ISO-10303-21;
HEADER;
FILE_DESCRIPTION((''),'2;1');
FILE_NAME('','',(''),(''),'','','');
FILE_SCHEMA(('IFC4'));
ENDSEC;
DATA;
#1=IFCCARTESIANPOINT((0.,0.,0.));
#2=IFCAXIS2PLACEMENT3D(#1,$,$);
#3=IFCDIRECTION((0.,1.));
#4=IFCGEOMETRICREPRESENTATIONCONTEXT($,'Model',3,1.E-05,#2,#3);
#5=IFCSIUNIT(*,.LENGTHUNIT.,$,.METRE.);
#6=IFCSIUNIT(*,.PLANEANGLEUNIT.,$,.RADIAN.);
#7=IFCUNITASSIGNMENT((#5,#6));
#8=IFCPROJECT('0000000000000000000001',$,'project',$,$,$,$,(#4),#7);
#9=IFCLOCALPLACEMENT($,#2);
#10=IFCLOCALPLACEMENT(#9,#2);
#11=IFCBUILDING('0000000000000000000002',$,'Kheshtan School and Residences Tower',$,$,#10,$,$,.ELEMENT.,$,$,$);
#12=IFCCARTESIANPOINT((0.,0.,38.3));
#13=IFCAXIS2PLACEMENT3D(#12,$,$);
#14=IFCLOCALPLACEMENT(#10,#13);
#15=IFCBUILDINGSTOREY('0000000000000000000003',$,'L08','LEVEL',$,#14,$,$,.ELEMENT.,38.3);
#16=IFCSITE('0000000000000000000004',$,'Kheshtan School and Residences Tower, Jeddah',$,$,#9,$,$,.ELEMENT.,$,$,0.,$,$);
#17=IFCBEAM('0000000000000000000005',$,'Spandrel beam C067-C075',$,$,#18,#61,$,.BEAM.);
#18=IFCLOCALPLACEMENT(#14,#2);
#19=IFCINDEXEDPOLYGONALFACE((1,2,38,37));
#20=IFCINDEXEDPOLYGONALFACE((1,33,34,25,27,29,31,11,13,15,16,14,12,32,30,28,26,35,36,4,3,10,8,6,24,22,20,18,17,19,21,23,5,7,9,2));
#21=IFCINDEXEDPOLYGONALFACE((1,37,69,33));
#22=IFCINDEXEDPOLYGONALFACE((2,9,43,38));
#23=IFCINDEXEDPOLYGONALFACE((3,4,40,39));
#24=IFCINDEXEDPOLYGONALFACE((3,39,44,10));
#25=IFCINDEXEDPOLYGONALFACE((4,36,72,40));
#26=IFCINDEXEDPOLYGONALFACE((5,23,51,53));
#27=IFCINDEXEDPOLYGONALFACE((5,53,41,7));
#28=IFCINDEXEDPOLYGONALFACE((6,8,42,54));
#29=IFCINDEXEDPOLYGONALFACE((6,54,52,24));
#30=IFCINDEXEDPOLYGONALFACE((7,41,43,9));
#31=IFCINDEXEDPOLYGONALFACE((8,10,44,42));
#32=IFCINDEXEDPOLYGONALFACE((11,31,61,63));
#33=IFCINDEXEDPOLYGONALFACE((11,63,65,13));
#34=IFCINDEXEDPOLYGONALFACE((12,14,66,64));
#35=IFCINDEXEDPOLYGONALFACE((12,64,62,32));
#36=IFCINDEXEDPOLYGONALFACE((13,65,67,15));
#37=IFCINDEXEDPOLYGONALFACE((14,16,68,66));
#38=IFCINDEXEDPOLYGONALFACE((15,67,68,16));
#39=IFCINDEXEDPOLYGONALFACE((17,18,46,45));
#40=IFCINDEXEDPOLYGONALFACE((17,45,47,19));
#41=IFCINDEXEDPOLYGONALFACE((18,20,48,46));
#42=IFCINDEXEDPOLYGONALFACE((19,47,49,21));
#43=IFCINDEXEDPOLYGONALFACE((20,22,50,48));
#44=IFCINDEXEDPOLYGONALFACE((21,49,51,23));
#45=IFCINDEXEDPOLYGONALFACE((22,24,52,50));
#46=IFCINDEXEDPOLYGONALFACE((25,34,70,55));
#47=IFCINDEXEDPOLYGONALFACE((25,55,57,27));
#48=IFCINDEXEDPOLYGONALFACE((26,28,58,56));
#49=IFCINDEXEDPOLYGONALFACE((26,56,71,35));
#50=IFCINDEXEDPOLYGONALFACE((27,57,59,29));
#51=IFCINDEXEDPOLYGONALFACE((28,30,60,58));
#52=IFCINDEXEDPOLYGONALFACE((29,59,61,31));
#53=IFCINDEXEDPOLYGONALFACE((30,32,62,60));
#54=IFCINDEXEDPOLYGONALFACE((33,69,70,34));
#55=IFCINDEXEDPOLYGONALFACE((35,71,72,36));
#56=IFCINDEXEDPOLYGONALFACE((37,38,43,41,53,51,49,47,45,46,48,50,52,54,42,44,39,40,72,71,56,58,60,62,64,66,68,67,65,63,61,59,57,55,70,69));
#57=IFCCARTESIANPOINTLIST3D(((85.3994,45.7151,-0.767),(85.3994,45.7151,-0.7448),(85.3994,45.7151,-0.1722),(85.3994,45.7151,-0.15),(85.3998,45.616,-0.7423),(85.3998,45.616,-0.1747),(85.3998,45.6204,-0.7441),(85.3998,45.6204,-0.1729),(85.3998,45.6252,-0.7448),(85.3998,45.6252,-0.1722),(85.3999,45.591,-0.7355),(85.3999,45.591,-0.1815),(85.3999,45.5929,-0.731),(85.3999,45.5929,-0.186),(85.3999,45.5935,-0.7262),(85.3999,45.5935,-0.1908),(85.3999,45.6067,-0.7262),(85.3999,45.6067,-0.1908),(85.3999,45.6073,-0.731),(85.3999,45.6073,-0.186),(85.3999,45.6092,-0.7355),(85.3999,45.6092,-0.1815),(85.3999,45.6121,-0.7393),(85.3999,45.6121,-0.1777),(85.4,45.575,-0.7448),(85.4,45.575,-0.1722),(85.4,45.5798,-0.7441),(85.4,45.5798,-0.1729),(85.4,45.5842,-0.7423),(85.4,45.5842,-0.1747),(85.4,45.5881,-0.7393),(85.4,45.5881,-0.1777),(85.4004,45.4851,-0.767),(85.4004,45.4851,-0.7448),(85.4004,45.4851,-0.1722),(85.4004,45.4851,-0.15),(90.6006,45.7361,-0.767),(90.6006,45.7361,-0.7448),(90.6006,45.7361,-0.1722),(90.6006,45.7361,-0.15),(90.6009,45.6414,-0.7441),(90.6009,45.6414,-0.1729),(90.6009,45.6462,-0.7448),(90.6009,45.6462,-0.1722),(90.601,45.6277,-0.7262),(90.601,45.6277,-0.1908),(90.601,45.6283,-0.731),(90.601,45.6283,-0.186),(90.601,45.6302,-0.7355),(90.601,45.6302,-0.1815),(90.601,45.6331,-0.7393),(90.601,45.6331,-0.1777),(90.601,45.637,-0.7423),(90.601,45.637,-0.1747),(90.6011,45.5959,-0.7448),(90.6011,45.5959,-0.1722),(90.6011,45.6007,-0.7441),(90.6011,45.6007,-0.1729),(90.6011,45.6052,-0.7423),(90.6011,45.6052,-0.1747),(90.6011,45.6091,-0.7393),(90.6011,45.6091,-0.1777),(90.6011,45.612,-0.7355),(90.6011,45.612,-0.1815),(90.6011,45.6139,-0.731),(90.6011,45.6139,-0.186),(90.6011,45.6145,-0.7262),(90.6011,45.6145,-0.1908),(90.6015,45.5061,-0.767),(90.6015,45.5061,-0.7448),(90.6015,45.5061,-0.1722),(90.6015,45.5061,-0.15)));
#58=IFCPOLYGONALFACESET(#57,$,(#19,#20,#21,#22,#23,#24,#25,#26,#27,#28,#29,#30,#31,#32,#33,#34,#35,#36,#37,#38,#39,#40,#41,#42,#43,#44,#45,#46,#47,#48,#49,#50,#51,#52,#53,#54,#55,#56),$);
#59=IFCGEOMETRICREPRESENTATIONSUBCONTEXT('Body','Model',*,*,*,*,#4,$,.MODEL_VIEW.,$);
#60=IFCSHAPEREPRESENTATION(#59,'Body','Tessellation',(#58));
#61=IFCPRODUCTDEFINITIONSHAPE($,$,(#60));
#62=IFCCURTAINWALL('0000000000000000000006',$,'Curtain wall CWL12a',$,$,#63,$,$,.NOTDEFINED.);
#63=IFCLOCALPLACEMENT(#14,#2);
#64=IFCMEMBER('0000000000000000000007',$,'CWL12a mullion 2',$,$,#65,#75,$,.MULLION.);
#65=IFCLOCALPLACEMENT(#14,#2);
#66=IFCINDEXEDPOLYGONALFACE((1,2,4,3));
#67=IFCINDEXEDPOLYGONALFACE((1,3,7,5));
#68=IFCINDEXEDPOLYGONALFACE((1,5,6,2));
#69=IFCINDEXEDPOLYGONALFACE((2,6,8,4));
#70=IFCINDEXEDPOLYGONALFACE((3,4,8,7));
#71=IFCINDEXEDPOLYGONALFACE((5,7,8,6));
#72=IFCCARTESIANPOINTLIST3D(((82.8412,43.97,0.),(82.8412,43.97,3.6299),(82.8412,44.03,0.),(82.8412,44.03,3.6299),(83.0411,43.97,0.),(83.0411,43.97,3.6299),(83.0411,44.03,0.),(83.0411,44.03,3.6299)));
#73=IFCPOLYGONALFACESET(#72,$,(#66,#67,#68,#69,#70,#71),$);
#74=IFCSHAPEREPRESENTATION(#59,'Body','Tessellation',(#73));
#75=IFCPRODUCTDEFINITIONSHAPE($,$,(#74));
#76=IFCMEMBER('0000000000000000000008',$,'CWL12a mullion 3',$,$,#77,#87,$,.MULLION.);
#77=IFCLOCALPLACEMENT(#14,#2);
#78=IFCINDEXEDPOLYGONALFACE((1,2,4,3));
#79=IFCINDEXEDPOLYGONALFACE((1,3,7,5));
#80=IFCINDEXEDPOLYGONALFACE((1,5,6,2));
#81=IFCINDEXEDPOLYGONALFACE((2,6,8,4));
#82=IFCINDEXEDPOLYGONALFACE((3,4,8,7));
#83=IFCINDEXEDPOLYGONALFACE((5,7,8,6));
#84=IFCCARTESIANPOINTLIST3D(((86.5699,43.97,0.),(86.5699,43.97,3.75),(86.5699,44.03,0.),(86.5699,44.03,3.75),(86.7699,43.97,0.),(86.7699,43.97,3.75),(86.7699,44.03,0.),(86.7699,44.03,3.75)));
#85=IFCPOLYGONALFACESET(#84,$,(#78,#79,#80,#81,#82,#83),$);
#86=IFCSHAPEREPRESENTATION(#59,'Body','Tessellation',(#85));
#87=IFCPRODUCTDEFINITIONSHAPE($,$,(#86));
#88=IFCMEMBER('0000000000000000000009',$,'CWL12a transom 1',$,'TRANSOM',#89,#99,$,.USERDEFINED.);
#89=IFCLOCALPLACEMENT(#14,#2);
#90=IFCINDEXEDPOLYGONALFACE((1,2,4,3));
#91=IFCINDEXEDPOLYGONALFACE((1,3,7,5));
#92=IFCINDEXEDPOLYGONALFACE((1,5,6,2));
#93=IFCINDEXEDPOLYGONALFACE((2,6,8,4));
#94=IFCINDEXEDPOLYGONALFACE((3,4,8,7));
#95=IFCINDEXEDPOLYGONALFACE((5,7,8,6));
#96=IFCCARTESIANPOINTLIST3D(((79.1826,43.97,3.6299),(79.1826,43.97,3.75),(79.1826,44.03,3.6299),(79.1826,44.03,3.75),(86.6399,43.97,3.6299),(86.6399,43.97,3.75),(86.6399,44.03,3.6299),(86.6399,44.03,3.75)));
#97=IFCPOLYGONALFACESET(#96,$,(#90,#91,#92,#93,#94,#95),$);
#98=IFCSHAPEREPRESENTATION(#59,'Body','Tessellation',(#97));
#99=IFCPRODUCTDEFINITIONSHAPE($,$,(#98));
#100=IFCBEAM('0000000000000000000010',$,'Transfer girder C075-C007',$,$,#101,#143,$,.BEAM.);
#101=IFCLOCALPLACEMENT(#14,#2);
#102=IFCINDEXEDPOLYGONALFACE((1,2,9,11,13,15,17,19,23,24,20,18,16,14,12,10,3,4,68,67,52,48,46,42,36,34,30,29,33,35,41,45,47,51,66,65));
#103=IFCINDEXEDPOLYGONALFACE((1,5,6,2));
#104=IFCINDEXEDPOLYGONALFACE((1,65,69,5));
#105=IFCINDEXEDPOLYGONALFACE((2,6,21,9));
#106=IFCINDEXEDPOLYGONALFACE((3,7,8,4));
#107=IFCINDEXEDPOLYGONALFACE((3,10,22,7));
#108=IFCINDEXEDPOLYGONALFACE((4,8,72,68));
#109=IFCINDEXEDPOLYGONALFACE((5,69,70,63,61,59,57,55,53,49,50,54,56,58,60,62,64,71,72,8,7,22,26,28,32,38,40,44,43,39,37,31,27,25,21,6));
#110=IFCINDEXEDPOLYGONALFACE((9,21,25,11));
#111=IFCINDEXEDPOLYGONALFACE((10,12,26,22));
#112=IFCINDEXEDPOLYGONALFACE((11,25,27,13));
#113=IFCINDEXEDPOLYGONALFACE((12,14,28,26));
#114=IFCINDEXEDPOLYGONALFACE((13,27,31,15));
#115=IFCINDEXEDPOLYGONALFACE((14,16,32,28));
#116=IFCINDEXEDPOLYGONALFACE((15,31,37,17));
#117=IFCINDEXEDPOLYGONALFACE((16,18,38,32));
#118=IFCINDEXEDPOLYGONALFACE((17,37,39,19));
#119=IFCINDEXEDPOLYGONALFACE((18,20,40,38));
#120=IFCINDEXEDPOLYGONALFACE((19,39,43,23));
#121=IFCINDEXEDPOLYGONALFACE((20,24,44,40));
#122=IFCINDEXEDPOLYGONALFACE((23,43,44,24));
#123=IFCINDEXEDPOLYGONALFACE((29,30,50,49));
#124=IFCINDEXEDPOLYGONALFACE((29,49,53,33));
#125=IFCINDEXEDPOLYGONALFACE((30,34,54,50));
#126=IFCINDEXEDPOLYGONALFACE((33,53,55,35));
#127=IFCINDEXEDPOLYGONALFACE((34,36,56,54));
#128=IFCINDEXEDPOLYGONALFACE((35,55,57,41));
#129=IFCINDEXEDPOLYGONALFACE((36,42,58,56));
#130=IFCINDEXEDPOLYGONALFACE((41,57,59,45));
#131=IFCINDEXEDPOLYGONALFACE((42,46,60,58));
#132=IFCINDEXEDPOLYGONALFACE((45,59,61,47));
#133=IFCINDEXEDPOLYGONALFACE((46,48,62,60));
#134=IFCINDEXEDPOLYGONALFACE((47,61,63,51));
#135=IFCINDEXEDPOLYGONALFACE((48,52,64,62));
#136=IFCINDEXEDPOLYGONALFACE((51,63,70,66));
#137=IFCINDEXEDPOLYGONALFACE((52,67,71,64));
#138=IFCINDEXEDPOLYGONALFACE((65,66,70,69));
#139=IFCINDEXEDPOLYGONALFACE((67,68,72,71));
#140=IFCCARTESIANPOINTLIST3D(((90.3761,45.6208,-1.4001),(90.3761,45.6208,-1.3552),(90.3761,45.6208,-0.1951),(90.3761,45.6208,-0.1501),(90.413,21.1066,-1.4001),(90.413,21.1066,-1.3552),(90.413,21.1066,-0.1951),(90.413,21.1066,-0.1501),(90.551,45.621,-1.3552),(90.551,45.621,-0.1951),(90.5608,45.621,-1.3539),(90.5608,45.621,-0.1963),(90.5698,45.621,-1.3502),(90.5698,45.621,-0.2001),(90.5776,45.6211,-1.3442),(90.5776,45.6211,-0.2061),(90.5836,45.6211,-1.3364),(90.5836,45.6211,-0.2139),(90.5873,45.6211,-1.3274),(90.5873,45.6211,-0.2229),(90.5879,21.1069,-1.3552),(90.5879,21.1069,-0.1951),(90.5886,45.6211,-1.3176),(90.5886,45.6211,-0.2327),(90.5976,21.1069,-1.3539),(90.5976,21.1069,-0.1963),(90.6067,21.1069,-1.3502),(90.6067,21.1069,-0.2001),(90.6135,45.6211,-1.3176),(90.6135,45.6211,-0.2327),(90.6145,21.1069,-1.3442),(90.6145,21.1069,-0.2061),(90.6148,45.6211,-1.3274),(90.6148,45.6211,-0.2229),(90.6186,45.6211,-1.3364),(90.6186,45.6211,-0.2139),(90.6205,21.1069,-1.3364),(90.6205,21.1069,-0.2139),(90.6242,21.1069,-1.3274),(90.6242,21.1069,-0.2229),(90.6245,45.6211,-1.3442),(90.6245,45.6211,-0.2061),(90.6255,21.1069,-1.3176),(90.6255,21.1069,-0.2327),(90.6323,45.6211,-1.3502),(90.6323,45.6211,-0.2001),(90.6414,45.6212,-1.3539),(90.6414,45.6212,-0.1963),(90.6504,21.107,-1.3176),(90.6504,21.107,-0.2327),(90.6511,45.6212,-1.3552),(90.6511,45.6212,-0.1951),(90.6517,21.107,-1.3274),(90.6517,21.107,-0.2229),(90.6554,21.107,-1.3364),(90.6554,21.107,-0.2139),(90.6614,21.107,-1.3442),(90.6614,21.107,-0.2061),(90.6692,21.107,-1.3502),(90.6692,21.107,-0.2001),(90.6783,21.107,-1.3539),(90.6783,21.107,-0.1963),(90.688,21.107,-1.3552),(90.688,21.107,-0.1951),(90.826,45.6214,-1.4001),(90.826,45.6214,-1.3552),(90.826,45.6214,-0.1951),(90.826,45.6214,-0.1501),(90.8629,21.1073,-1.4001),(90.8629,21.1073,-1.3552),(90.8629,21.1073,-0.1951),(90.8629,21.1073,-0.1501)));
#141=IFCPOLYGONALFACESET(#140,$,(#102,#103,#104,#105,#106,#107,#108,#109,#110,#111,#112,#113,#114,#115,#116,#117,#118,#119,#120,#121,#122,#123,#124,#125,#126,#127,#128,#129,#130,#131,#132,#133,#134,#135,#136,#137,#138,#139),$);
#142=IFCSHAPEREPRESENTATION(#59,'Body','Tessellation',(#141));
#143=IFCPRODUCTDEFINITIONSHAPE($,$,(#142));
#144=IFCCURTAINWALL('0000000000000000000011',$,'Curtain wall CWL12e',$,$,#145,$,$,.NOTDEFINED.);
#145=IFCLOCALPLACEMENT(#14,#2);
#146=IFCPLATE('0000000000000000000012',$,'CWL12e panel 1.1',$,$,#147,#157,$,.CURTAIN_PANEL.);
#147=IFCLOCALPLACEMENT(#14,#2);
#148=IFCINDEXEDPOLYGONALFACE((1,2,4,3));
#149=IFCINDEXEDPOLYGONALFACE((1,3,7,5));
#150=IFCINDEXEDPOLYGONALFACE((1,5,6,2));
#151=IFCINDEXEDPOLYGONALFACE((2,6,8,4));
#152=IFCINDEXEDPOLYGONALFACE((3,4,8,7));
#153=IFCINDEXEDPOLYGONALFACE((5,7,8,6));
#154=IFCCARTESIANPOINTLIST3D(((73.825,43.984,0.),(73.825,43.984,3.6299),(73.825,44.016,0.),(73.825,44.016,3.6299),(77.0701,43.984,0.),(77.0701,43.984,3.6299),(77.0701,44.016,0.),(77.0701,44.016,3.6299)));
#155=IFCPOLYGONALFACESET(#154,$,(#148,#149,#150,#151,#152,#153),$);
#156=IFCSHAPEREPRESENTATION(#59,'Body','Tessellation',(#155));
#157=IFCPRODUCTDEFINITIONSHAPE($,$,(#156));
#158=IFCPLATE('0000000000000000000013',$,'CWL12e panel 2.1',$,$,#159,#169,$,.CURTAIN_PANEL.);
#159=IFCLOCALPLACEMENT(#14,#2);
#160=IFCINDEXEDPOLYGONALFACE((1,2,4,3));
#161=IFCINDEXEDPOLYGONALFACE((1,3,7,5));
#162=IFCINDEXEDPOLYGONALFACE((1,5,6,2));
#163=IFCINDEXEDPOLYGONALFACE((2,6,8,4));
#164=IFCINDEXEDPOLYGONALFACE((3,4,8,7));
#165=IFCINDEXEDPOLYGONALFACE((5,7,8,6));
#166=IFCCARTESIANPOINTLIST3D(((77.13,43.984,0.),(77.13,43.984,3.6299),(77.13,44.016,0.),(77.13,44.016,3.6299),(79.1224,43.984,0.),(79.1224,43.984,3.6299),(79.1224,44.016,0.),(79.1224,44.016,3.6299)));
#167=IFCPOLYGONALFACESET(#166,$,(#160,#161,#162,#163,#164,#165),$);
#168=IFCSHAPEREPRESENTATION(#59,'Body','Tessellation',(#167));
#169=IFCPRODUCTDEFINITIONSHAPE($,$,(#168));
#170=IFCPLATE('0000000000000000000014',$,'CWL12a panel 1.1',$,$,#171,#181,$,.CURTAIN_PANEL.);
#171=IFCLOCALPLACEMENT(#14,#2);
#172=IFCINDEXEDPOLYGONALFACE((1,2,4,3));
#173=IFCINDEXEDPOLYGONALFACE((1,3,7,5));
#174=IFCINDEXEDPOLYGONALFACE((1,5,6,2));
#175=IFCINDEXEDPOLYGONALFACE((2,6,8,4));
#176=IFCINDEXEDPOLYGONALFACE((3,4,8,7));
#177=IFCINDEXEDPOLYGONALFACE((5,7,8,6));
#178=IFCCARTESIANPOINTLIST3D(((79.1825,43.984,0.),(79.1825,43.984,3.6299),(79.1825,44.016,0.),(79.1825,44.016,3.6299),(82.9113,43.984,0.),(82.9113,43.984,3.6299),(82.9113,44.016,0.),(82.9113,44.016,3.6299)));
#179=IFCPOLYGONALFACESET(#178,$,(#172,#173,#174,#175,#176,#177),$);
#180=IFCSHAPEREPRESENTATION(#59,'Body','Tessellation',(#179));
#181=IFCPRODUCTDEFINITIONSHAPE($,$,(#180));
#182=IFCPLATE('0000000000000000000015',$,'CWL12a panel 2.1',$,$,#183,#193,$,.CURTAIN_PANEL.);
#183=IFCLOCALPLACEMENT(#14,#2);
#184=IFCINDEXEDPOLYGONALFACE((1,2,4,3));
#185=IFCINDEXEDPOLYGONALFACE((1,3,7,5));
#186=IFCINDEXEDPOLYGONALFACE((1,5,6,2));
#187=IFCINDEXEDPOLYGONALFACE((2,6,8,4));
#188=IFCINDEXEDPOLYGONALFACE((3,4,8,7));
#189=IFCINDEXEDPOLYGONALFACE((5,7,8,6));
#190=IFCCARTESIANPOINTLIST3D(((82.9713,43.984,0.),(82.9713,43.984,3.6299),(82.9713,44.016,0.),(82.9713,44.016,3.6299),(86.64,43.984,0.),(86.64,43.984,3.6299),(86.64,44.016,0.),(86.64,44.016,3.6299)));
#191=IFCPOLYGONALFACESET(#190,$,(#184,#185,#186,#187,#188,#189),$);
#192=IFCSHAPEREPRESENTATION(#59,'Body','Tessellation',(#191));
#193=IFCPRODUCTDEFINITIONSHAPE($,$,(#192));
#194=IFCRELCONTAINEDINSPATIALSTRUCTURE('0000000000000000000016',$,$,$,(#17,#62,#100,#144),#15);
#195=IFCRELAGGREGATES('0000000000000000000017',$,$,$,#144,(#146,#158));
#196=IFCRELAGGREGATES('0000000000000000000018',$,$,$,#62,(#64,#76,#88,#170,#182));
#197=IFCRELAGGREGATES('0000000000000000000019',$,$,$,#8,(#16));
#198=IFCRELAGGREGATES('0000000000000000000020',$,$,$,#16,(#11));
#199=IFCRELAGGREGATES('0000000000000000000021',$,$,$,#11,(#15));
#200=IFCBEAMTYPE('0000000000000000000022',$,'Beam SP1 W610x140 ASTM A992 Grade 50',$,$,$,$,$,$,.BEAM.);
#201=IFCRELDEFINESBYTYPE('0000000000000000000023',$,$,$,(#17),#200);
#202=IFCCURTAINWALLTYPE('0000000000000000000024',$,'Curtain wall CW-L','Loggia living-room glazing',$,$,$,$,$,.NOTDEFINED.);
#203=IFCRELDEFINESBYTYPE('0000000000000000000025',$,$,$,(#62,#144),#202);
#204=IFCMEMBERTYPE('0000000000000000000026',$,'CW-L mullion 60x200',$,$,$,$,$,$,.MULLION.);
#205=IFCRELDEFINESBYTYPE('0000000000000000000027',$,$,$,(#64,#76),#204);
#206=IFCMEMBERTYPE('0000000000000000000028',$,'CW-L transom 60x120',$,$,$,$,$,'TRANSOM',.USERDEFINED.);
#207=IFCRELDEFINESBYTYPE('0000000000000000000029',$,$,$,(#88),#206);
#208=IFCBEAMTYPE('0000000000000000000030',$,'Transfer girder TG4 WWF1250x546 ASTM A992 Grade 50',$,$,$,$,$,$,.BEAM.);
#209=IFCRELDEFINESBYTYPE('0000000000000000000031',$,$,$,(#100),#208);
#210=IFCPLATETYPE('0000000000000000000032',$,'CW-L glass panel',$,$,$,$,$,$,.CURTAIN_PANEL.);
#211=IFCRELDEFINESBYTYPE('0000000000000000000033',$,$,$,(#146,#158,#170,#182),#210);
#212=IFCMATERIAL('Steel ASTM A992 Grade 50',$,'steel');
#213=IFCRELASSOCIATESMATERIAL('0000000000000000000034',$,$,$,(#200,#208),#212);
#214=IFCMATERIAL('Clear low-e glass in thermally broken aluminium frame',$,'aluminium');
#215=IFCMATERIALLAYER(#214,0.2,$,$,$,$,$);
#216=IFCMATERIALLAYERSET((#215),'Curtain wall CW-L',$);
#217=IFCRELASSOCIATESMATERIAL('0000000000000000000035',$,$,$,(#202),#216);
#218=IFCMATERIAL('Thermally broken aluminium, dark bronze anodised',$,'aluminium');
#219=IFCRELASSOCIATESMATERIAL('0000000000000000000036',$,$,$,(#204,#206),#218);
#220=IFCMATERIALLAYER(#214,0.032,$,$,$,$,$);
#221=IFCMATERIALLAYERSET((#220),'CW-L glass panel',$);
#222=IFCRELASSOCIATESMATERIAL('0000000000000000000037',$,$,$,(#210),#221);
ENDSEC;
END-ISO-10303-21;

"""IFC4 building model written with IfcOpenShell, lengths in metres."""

from ifc_helpers import new_model, si_unit, direction, frame, origin, origin_2d, place, context, subcontext, project, spatial, rectangle, i_section, extrude, material, layer, layer_set, material_profile, profile_set, type_object, element, aggregate, save


model = new_model("IFC4")

# Units and contexts
model_context = context("Model", 3, precision=1e-05, world=origin(), true_north=direction((0.0, 1.0)))
body_context = subcontext(model_context, "Body", "Model", "MODEL_VIEW")
ifc_project = project(units=[si_unit("LENGTHUNIT", "METRE"), si_unit("PLANEANGLEUNIT", "RADIAN")], contexts=[model_context])

# Site, building, storey
site_placement = place(None, origin())
site = spatial("IfcSite", under=ifc_project, at=site_placement, Name="Kheshtan School and Residences Tower, Jeddah", CompositionType="ELEMENT", RefElevation=0.0)
building_placement = place(site_placement, origin())
building = spatial("IfcBuilding", under=site, at=building_placement, Name="Kheshtan School and Residences Tower", CompositionType="ELEMENT")
storey_placement = place(building_placement, frame((0.0, 0.0, 38.3)))
storey = spatial("IfcBuildingStorey", under=building, at=storey_placement, Name="L08", Description="LEVEL", CompositionType="ELEMENT", Elevation=38.3)

# Shared definitions
ifc_material_1 = material(Name="Steel ASTM A992 Grade 50", Category="steel")

# Beam
ifc_material_profile_1 = material_profile(ifc_material_1, i_section(OverallWidth=0.23, OverallDepth=0.6169, WebThickness=0.0132, FlangeThickness=0.0222, FilletRadius=0.0186, at=origin_2d()), Name="W610x140")
ifc_profile_set_1 = profile_set([ifc_material_profile_1], Name="Steel ASTM A992 Grade 50")
beam_type_1 = type_object("IfcBeamType", Name="Beam SP1 W610x140 ASTM A992 Grade 50", PredefinedType="BEAM", material=ifc_profile_set_1)
beam_1_placement = place(storey_placement, frame((85.3999, 45.6001, -0.4585), z_axis=(0.999992, 0.004037, 0.0), x_axis=(-0.004037, 0.999992, 0.0)))
element("IfcBeam", 1, at=beam_1_placement, inside=storey, type_object=beam_type_1, Name="Spandrel beam C067-C075", PredefinedType="BEAM", context=body_context, shape_type="SweptSolid", body=[
    extrude(i_section(OverallWidth=0.23, OverallDepth=0.6169, WebThickness=0.0132, FlangeThickness=0.0222, FilletRadius=0.0186, at=origin_2d()), origin(), (0.0, 0.0, 1.0), 5.2012),
])

# Curtain wall, members
ifc_material_2 = material(Name="Clear low-e glass in thermally broken aluminium frame", Category="aluminium")
ifc_layer_1 = layer(ifc_material_2, 0.2)
ifc_layer_set_1 = layer_set([ifc_layer_1], Name="Curtain wall CW-L")
curtain_wall_type = type_object("IfcCurtainWallType", Name="Curtain wall CW-L", Description="Loggia living-room glazing", PredefinedType="NOTDEFINED", material=ifc_layer_set_1)
curtain_wall_1_placement = place(storey_placement, origin())
curtain_wall_1 = element("IfcCurtainWall", 2, at=curtain_wall_1_placement, inside=storey, type_object=curtain_wall_type, Name="Curtain wall CWL12a", PredefinedType="NOTDEFINED")
ifc_material_3 = material(Name="Thermally broken aluminium, dark bronze anodised", Category="aluminium")
ifc_material_profile_2 = material_profile(ifc_material_3, rectangle(XDim=0.0601, YDim=0.2, at=origin_2d()), Name="CW-L mullion 60x200")
ifc_profile_set_2 = profile_set([ifc_material_profile_2], Name="Thermally broken aluminium, dark bronze anodised")
member_type_1 = type_object("IfcMemberType", Name="CW-L mullion 60x200", PredefinedType="MULLION", material=ifc_profile_set_2)
member_1_placement = place(storey_placement, frame((82.9412, 44.0, 0.0), z_axis=(0.0, 0.0, 1.0), x_axis=(0.0, 1.0, 0.0)))
member_1 = element("IfcMember", 3, at=member_1_placement, type_object=member_type_1, Name="CWL12a mullion 2", PredefinedType="MULLION", context=body_context, shape_type="SweptSolid", body=[
    extrude(rectangle(XDim=0.0601, YDim=0.2, at=origin_2d()), origin(), (0.0, 0.0, 1.0), 3.6299),
])
member_2_placement = place(storey_placement, frame((86.6699, 44.0, 0.0), z_axis=(0.0, 0.0, 1.0), x_axis=(0.0, 1.0, 0.0)))
member_2 = element("IfcMember", 4, at=member_2_placement, type_object=member_type_1, Name="CWL12a mullion 3", PredefinedType="MULLION", context=body_context, shape_type="SweptSolid", body=[
    extrude(rectangle(XDim=0.0601, YDim=0.2, at=origin_2d()), origin(), (0.0, 0.0, 1.0), 3.75),
])
ifc_material_profile_3 = material_profile(ifc_material_3, rectangle(XDim=0.0601, YDim=0.1201, at=origin_2d()), Name="CW-L transom 60x120")
ifc_profile_set_3 = profile_set([ifc_material_profile_3], Name="Thermally broken aluminium, dark bronze anodised")
member_type_2 = type_object("IfcMemberType", Name="CW-L transom 60x120", ElementType="TRANSOM", PredefinedType="USERDEFINED", material=ifc_profile_set_3)
member_3_placement = place(storey_placement, frame((79.1826, 44.0, 3.6899), z_axis=(1.0, 0.0, 0.0), x_axis=(0.0, 1.0, 0.0)))
member_3 = element("IfcMember", 5, at=member_3_placement, type_object=member_type_2, Name="CWL12a transom 1", ObjectType="TRANSOM", PredefinedType="USERDEFINED", context=body_context, shape_type="SweptSolid", body=[
    extrude(rectangle(XDim=0.0601, YDim=0.1201, at=origin_2d()), origin(), (0.0, 0.0, 1.0), 7.4573),
])

# Beam
ifc_material_profile_4 = material_profile(ifc_material_1, i_section(OverallWidth=0.45, OverallDepth=1.25, WebThickness=0.0249, FlangeThickness=0.0449, FilletRadius=0.0376, at=origin_2d()), Name="WWF1250x546")
ifc_profile_set_4 = profile_set([ifc_material_profile_4], Name="Steel ASTM A992 Grade 50")
beam_type_2 = type_object("IfcBeamType", Name="Transfer girder TG4 WWF1250x546 ASTM A992 Grade 50", PredefinedType="BEAM", material=ifc_profile_set_4)
beam_2_placement = place(storey_placement, frame((90.6011, 45.6211, -0.7751), z_axis=(0.001504, -0.999999, 0.0), x_axis=(0.999999, 0.001504, 0.0)))
element("IfcBeam", 6, at=beam_2_placement, inside=storey, type_object=beam_type_2, Name="Transfer girder C075-C007", PredefinedType="BEAM", context=body_context, shape_type="SweptSolid", body=[
    extrude(i_section(OverallWidth=0.45, OverallDepth=1.25, WebThickness=0.0249, FlangeThickness=0.0449, FilletRadius=0.0376, at=origin_2d()), origin(), (0.0, 0.0, 1.0), 24.5142),
])

# Curtain wall, plates
curtain_wall_2_placement = place(storey_placement, origin())
curtain_wall_2 = element("IfcCurtainWall", 7, at=curtain_wall_2_placement, inside=storey, type_object=curtain_wall_type, Name="Curtain wall CWL12e", PredefinedType="NOTDEFINED")
ifc_layer_2 = layer(ifc_material_2, 0.032)
ifc_layer_set_2 = layer_set([ifc_layer_2], Name="CW-L glass panel")
plate_type = type_object("IfcPlateType", Name="CW-L glass panel", PredefinedType="CURTAIN_PANEL", material=ifc_layer_set_2)
plate_1_placement = place(storey_placement, frame((75.4475, 44.0, 0.0), z_axis=(0.0, 0.0, 1.0), x_axis=(1.0, 0.0, 0.0)))
plate_1 = element("IfcPlate", 8, at=plate_1_placement, type_object=plate_type, Name="CWL12e panel 1.1", PredefinedType="CURTAIN_PANEL", context=body_context, shape_type="SweptSolid", body=[
    extrude(rectangle(XDim=3.2451, YDim=0.032, at=origin_2d()), origin(), (0.0, 0.0, 1.0), 3.6299),
])
plate_2_placement = place(storey_placement, frame((78.1262, 44.0, 0.0), z_axis=(0.0, 0.0, 1.0), x_axis=(1.0, 0.0, 0.0)))
plate_2 = element("IfcPlate", 9, at=plate_2_placement, type_object=plate_type, Name="CWL12e panel 2.1", PredefinedType="CURTAIN_PANEL", context=body_context, shape_type="SweptSolid", body=[
    extrude(rectangle(XDim=1.9924, YDim=0.032, at=origin_2d()), origin(), (0.0, 0.0, 1.0), 3.6299),
])
aggregate(curtain_wall_2, [plate_1, plate_2])

# Plates
plate_3_placement = place(storey_placement, frame((81.0469, 44.0, 0.0), z_axis=(0.0, 0.0, 1.0), x_axis=(1.0, 0.0, 0.0)))
plate_3 = element("IfcPlate", 10, at=plate_3_placement, type_object=plate_type, Name="CWL12a panel 1.1", PredefinedType="CURTAIN_PANEL", context=body_context, shape_type="SweptSolid", body=[
    extrude(rectangle(XDim=3.7288, YDim=0.032, at=origin_2d()), origin(), (0.0, 0.0, 1.0), 3.6299),
])
plate_4_placement = place(storey_placement, frame((84.8057, 44.0, 0.0), z_axis=(0.0, 0.0, 1.0), x_axis=(1.0, 0.0, 0.0)))
plate_4 = element("IfcPlate", 11, at=plate_4_placement, type_object=plate_type, Name="CWL12a panel 2.1", PredefinedType="CURTAIN_PANEL", context=body_context, shape_type="SweptSolid", body=[
    extrude(rectangle(XDim=3.6687, YDim=0.032, at=origin_2d()), origin(), (0.0, 0.0, 1.0), 3.6299),
])
aggregate(curtain_wall_1, [member_1, member_2, member_3, plate_3, plate_4])

save(model, "model.ifc")
